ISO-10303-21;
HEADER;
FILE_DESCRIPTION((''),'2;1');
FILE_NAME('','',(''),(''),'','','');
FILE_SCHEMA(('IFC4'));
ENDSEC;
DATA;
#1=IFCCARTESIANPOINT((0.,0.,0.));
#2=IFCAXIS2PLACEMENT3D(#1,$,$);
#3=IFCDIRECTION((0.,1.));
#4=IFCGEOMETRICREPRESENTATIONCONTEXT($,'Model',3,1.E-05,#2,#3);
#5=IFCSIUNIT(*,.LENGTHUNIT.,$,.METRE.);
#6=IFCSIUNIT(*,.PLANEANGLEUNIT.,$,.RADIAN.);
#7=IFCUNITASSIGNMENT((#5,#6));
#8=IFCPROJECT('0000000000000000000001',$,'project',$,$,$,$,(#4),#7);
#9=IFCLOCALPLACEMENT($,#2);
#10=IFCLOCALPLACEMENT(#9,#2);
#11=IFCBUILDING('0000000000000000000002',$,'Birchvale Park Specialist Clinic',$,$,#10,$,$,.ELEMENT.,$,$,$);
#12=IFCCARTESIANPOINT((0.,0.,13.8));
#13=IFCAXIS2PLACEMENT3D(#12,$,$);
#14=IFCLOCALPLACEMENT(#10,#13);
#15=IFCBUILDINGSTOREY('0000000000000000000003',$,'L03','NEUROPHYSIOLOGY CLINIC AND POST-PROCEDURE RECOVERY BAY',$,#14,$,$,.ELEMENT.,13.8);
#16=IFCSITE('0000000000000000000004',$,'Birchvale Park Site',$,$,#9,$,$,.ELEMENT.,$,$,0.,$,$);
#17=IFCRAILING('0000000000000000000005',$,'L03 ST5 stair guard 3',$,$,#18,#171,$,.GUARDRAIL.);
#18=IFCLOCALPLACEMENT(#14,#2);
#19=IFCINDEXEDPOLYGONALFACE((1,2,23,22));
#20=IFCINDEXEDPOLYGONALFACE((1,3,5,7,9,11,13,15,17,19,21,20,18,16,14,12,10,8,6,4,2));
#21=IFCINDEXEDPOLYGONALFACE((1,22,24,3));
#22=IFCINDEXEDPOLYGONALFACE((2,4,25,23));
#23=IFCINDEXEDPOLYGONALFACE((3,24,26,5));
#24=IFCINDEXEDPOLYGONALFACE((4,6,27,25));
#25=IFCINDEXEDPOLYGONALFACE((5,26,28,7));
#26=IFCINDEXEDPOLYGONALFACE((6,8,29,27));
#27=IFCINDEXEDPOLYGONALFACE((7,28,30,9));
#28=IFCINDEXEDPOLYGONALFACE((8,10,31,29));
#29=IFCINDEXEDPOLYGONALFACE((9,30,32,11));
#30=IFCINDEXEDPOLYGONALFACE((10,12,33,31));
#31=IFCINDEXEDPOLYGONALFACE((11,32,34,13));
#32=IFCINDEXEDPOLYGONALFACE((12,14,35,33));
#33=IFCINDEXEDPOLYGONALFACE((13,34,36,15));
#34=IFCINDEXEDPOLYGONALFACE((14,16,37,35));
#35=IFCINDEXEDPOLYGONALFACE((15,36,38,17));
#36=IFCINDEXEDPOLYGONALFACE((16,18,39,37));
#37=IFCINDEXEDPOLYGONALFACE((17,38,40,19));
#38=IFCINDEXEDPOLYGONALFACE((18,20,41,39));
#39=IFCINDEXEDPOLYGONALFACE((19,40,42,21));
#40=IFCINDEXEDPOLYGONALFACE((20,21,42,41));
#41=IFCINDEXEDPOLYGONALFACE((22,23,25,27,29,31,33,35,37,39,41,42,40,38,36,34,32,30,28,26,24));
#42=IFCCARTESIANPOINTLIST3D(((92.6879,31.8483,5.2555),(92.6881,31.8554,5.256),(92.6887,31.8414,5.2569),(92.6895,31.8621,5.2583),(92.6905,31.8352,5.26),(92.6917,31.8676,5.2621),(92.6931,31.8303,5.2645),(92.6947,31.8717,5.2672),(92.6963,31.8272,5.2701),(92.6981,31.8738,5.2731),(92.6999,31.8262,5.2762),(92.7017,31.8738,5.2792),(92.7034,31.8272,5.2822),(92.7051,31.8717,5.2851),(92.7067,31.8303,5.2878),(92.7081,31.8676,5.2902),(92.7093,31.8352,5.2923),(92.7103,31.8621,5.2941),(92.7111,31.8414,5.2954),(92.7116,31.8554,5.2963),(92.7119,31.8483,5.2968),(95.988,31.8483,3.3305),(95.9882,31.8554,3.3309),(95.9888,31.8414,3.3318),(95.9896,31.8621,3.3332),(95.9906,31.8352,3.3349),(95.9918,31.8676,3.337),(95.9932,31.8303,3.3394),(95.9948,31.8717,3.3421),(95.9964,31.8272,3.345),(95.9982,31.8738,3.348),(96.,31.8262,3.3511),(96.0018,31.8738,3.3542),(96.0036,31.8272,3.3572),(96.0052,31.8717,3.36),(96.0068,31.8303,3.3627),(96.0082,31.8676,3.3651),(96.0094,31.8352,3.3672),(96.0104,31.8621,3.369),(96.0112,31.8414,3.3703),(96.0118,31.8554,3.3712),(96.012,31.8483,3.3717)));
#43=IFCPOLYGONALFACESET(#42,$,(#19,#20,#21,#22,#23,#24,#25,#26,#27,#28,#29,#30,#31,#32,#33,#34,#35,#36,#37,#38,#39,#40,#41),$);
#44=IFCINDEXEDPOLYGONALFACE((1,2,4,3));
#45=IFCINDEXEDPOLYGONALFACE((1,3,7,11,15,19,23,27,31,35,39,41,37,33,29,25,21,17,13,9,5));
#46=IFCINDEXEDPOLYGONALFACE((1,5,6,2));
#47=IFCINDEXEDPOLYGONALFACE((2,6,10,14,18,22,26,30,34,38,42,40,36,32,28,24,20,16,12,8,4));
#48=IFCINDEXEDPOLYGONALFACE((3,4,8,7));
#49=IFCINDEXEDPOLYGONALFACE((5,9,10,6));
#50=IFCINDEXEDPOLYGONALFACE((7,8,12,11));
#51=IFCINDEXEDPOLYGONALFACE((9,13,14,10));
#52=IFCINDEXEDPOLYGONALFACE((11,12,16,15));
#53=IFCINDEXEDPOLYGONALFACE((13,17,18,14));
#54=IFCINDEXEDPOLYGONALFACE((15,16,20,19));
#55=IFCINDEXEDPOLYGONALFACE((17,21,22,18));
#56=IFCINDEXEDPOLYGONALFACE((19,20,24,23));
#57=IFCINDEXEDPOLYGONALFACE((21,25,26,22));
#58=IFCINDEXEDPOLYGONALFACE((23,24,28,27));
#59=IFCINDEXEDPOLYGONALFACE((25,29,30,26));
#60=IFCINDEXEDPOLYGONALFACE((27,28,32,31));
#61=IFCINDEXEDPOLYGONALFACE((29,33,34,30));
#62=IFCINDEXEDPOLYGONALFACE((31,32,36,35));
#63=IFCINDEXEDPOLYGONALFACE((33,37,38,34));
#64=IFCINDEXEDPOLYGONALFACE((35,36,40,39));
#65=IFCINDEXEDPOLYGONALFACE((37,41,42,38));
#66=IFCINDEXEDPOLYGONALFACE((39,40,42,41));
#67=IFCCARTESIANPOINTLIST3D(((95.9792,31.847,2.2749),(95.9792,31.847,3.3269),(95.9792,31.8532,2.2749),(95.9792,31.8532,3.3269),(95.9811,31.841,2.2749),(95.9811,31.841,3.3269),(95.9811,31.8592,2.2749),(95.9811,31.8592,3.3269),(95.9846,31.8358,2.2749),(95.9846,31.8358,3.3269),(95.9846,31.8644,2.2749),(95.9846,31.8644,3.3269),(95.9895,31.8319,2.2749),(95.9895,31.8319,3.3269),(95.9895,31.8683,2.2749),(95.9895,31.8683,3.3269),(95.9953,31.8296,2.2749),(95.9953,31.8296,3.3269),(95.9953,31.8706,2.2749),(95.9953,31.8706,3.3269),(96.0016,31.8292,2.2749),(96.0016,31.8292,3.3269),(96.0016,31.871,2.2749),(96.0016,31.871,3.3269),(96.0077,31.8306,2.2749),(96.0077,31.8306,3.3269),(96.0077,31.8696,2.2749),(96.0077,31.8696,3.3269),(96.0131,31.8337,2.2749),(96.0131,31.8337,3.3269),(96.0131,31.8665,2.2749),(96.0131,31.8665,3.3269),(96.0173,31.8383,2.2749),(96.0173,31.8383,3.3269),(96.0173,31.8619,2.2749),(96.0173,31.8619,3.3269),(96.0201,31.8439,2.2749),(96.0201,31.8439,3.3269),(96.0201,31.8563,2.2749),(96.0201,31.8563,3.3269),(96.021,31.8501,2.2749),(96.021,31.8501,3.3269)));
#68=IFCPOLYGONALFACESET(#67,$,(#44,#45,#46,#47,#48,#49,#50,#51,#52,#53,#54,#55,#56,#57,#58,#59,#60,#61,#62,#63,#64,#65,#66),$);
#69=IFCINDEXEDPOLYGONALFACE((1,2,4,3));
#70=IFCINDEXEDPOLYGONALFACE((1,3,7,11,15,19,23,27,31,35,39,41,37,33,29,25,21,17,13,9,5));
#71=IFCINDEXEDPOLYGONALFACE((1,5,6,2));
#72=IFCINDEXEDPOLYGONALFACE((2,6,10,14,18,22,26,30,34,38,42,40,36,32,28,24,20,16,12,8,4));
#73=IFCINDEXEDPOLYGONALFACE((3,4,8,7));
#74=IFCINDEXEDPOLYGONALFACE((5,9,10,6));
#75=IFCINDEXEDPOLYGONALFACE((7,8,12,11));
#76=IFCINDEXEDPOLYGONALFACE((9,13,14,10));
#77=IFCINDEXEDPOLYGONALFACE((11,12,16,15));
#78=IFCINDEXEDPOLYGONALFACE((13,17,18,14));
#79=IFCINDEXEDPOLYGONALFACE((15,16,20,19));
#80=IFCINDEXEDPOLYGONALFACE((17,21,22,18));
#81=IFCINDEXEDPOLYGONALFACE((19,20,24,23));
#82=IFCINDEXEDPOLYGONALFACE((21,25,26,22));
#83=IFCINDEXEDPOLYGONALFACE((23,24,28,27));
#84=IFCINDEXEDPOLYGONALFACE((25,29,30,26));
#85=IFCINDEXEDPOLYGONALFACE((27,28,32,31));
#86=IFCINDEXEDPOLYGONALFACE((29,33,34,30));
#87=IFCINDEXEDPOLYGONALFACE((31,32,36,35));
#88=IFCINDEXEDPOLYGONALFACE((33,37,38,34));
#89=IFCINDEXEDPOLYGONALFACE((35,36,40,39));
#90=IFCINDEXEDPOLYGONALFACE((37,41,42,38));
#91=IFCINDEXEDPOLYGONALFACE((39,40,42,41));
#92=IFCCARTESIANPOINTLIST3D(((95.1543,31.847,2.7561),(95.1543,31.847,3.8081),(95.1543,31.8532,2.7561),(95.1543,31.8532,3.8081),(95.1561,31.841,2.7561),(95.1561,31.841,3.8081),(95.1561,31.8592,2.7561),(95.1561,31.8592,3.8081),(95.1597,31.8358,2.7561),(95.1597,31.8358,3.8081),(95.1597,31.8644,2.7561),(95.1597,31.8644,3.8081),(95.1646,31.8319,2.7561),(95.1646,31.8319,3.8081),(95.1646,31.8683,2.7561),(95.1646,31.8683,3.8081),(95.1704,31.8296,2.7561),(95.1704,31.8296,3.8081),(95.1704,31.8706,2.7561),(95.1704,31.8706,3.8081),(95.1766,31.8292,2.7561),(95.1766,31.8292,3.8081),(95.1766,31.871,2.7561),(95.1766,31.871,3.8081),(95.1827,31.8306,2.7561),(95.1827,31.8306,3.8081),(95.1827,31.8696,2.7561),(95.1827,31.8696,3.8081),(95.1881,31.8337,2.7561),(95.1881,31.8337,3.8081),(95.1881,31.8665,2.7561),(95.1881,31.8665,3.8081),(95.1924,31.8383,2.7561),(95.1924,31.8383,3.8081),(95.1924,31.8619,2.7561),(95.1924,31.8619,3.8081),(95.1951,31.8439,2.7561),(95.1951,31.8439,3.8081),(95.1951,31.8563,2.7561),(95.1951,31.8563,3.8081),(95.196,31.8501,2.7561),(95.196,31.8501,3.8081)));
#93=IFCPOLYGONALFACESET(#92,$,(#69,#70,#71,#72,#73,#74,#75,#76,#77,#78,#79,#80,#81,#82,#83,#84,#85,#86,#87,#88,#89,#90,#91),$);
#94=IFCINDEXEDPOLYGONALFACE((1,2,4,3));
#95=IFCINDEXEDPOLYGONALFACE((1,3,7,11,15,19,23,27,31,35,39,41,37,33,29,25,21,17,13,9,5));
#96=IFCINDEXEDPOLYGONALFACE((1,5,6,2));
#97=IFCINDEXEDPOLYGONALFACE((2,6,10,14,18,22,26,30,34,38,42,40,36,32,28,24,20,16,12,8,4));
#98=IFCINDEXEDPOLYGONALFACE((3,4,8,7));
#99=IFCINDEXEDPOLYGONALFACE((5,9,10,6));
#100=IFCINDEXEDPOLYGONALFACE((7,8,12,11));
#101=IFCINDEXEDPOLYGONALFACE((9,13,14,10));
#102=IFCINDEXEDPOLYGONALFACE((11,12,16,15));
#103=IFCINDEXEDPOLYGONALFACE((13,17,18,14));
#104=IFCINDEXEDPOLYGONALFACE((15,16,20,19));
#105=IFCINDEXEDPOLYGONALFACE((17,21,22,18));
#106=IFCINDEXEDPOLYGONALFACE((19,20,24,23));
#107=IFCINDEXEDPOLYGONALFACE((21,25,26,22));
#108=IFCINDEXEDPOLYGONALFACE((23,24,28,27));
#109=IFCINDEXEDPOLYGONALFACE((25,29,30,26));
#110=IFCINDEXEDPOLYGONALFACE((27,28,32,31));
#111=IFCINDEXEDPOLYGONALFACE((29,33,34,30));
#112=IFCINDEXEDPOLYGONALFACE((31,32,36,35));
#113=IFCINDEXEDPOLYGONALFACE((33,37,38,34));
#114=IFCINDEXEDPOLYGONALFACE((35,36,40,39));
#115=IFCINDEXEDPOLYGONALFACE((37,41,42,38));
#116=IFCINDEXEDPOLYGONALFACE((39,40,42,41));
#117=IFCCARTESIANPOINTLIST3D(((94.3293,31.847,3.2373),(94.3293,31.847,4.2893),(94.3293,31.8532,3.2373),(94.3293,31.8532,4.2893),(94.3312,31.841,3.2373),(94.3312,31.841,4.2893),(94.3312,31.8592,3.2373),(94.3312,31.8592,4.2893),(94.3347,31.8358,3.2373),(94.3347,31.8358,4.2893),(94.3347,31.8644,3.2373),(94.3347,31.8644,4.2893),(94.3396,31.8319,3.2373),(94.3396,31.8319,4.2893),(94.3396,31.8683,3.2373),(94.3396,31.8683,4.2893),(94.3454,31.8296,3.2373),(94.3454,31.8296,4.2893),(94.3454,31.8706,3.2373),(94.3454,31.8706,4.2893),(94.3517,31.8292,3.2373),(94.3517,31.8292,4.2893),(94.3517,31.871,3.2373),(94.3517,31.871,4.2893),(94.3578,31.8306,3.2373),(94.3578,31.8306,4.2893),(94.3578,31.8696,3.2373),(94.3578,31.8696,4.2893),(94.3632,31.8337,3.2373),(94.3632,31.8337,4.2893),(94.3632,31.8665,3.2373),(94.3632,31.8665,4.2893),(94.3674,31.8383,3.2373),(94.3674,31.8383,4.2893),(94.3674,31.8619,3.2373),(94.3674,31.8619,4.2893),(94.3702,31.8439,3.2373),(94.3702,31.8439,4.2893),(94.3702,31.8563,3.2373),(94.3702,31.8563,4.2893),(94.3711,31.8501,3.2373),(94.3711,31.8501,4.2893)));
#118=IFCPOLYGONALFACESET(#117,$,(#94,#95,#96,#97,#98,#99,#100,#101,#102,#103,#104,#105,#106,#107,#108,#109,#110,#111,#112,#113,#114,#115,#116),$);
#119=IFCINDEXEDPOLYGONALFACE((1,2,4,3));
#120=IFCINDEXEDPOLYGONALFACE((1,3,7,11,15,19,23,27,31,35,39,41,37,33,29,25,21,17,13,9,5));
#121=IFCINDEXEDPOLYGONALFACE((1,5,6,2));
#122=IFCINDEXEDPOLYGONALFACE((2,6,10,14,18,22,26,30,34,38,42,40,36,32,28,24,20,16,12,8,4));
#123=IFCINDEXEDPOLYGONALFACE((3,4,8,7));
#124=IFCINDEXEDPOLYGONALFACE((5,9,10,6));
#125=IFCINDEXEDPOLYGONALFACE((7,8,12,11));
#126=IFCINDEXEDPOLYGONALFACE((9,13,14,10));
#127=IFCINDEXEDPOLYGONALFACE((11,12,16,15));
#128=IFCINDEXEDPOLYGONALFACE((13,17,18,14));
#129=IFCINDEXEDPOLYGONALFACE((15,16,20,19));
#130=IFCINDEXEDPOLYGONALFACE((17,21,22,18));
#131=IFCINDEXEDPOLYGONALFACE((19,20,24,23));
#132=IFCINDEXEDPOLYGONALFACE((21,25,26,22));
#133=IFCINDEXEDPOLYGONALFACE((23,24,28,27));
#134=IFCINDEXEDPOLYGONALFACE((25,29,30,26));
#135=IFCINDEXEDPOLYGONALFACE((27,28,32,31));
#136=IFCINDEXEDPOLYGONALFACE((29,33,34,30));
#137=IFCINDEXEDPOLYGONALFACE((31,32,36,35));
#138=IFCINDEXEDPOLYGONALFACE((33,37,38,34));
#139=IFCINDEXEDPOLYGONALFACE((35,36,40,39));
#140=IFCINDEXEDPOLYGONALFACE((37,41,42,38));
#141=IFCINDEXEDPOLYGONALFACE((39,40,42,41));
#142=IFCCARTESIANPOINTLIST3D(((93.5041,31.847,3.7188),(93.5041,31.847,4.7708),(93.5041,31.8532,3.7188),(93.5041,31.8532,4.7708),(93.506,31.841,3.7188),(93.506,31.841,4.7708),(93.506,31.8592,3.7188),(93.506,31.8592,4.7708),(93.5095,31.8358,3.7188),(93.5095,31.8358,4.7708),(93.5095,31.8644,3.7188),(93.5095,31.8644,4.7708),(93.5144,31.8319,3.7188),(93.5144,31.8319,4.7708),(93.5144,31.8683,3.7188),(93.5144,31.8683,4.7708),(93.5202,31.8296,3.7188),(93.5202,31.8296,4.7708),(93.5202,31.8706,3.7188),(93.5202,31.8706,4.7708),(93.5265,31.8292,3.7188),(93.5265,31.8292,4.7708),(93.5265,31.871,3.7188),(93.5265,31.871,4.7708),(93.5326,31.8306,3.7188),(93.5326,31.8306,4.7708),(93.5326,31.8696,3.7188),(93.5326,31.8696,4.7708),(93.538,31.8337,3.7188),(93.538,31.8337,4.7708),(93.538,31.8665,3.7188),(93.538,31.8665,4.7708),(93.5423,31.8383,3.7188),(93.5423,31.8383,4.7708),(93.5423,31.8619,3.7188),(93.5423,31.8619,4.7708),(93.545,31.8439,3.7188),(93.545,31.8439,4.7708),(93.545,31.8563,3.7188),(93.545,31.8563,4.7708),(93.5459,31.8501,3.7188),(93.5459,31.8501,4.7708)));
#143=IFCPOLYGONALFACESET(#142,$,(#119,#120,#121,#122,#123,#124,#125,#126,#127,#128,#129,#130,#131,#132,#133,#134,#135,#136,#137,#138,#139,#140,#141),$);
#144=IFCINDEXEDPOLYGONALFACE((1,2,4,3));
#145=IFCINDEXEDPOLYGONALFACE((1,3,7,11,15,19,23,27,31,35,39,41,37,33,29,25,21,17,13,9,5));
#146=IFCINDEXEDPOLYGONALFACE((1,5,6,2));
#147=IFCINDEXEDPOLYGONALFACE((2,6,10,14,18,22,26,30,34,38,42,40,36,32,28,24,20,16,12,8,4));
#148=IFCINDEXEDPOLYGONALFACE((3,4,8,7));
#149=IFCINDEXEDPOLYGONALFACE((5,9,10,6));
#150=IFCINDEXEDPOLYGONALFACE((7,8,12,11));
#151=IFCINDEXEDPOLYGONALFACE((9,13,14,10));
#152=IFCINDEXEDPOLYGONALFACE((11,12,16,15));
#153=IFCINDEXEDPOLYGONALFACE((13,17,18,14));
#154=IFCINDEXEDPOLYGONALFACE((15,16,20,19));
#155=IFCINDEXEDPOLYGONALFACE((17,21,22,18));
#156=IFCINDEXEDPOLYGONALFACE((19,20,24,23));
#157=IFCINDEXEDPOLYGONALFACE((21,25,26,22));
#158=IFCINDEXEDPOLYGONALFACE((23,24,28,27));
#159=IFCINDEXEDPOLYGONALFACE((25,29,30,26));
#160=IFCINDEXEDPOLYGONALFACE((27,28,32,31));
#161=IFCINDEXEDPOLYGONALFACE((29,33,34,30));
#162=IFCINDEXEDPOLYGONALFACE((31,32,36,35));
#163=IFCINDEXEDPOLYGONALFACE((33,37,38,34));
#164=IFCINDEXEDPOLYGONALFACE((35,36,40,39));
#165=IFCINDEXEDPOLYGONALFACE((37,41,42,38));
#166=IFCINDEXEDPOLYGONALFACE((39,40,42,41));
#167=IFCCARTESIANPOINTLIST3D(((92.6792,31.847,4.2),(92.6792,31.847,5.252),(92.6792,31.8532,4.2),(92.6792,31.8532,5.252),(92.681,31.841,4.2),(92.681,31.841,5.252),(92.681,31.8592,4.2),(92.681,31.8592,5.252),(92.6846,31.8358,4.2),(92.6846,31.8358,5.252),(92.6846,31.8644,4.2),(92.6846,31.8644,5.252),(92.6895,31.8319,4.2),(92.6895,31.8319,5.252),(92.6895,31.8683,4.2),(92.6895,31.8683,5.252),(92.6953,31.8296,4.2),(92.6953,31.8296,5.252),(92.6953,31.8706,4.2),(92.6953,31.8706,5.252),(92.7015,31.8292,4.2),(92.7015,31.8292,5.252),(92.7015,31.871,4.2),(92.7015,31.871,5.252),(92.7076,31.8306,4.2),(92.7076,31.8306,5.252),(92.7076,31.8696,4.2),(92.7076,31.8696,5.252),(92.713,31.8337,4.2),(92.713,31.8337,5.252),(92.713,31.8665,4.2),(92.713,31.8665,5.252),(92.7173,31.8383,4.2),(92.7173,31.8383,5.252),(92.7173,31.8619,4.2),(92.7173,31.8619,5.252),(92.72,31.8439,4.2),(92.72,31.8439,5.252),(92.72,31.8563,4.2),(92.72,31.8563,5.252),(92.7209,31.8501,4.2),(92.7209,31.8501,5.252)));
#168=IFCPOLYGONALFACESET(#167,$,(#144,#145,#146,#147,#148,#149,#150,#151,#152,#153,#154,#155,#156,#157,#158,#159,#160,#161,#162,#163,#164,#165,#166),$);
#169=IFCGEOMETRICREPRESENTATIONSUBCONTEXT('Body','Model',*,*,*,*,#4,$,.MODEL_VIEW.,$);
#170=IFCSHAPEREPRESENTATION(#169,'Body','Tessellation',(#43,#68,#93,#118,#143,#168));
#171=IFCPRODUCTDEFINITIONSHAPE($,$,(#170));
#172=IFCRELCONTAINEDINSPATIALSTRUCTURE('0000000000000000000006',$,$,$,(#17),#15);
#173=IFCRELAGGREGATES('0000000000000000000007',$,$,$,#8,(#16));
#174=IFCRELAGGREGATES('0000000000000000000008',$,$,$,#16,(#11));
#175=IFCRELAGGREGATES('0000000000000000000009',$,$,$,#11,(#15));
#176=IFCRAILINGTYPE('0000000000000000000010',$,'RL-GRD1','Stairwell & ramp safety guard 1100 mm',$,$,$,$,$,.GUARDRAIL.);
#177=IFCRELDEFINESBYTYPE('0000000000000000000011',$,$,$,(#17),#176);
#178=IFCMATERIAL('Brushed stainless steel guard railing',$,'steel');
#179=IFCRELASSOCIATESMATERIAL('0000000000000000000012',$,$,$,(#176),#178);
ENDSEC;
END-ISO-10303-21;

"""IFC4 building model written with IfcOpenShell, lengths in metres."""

from ifc_helpers import new_model, si_unit, direction, frame, origin, origin_2d, place, context, subcontext, project, spatial, circle, extrude, material, type_object, element, save


model = new_model("IFC4")

# Units and contexts
model_context = context("Model", 3, precision=1e-05, world=origin(), true_north=direction((0.0, 1.0)))
body_context = subcontext(model_context, "Body", "Model", "MODEL_VIEW")
ifc_project = project(units=[si_unit("LENGTHUNIT", "METRE"), si_unit("PLANEANGLEUNIT", "RADIAN")], contexts=[model_context])

# Site, building, storey
site_placement = place(None, origin())
site = spatial("IfcSite", under=ifc_project, at=site_placement, Name="Birchvale Park Site", CompositionType="ELEMENT", RefElevation=0.0)
building_placement = place(site_placement, origin())
building = spatial("IfcBuilding", under=site, at=building_placement, Name="Birchvale Park Specialist Clinic", CompositionType="ELEMENT")
storey_placement = place(building_placement, frame((0.0, 0.0, 13.8)))
storey = spatial("IfcBuildingStorey", under=building, at=storey_placement, Name="L03", Description="NEUROPHYSIOLOGY CLINIC AND POST-PROCEDURE RECOVERY BAY", CompositionType="ELEMENT", Elevation=13.8)

# Railing
ifc_material_1 = material(Name="Brushed stainless steel guard railing", Category="steel")
railing_type_1 = type_object("IfcRailingType", Name="RL-GRD1", Description="Stairwell & ramp safety guard 1100 mm", PredefinedType="GUARDRAIL", material=ifc_material_1)
railing_1_placement = place(storey_placement, frame((96.0, 31.8501, 2.2749)))
element("IfcRailing", 1, at=railing_1_placement, inside=storey, type_object=railing_type_1, Name="L03 ST5 stair guard 3", PredefinedType="GUARDRAIL", context=body_context, shape_type="SweptSolid", body=[
    extrude(circle(Radius=0.0239, at=origin_2d()), frame((0.0, 0.0, 1.0762), z_axis=(-0.863777, 0.0, 0.503875), x_axis=(0.0, -1.0, 0.0)), (0.0, 0.0, 1.0), 3.8206),
    extrude(circle(Radius=0.021, at=origin_2d()), origin(), (0.0, 0.0, 1.0), 1.052),
    extrude(circle(Radius=0.021, at=origin_2d()), frame((-0.825, 0.0, 0.4812)), (0.0, 0.0, 1.0), 1.052),
    extrude(circle(Radius=0.021, at=origin_2d()), frame((-1.6499, 0.0, 0.9624)), (0.0, 0.0, 1.0), 1.052),
    extrude(circle(Radius=0.021, at=origin_2d()), frame((-2.4751, 0.0, 1.4438)), (0.0, 0.0, 1.0), 1.052),
    extrude(circle(Radius=0.021, at=origin_2d()), frame((-3.3, 0.0, 1.925)), (0.0, 0.0, 1.0), 1.052),
])

save(model, "model.ifc")
